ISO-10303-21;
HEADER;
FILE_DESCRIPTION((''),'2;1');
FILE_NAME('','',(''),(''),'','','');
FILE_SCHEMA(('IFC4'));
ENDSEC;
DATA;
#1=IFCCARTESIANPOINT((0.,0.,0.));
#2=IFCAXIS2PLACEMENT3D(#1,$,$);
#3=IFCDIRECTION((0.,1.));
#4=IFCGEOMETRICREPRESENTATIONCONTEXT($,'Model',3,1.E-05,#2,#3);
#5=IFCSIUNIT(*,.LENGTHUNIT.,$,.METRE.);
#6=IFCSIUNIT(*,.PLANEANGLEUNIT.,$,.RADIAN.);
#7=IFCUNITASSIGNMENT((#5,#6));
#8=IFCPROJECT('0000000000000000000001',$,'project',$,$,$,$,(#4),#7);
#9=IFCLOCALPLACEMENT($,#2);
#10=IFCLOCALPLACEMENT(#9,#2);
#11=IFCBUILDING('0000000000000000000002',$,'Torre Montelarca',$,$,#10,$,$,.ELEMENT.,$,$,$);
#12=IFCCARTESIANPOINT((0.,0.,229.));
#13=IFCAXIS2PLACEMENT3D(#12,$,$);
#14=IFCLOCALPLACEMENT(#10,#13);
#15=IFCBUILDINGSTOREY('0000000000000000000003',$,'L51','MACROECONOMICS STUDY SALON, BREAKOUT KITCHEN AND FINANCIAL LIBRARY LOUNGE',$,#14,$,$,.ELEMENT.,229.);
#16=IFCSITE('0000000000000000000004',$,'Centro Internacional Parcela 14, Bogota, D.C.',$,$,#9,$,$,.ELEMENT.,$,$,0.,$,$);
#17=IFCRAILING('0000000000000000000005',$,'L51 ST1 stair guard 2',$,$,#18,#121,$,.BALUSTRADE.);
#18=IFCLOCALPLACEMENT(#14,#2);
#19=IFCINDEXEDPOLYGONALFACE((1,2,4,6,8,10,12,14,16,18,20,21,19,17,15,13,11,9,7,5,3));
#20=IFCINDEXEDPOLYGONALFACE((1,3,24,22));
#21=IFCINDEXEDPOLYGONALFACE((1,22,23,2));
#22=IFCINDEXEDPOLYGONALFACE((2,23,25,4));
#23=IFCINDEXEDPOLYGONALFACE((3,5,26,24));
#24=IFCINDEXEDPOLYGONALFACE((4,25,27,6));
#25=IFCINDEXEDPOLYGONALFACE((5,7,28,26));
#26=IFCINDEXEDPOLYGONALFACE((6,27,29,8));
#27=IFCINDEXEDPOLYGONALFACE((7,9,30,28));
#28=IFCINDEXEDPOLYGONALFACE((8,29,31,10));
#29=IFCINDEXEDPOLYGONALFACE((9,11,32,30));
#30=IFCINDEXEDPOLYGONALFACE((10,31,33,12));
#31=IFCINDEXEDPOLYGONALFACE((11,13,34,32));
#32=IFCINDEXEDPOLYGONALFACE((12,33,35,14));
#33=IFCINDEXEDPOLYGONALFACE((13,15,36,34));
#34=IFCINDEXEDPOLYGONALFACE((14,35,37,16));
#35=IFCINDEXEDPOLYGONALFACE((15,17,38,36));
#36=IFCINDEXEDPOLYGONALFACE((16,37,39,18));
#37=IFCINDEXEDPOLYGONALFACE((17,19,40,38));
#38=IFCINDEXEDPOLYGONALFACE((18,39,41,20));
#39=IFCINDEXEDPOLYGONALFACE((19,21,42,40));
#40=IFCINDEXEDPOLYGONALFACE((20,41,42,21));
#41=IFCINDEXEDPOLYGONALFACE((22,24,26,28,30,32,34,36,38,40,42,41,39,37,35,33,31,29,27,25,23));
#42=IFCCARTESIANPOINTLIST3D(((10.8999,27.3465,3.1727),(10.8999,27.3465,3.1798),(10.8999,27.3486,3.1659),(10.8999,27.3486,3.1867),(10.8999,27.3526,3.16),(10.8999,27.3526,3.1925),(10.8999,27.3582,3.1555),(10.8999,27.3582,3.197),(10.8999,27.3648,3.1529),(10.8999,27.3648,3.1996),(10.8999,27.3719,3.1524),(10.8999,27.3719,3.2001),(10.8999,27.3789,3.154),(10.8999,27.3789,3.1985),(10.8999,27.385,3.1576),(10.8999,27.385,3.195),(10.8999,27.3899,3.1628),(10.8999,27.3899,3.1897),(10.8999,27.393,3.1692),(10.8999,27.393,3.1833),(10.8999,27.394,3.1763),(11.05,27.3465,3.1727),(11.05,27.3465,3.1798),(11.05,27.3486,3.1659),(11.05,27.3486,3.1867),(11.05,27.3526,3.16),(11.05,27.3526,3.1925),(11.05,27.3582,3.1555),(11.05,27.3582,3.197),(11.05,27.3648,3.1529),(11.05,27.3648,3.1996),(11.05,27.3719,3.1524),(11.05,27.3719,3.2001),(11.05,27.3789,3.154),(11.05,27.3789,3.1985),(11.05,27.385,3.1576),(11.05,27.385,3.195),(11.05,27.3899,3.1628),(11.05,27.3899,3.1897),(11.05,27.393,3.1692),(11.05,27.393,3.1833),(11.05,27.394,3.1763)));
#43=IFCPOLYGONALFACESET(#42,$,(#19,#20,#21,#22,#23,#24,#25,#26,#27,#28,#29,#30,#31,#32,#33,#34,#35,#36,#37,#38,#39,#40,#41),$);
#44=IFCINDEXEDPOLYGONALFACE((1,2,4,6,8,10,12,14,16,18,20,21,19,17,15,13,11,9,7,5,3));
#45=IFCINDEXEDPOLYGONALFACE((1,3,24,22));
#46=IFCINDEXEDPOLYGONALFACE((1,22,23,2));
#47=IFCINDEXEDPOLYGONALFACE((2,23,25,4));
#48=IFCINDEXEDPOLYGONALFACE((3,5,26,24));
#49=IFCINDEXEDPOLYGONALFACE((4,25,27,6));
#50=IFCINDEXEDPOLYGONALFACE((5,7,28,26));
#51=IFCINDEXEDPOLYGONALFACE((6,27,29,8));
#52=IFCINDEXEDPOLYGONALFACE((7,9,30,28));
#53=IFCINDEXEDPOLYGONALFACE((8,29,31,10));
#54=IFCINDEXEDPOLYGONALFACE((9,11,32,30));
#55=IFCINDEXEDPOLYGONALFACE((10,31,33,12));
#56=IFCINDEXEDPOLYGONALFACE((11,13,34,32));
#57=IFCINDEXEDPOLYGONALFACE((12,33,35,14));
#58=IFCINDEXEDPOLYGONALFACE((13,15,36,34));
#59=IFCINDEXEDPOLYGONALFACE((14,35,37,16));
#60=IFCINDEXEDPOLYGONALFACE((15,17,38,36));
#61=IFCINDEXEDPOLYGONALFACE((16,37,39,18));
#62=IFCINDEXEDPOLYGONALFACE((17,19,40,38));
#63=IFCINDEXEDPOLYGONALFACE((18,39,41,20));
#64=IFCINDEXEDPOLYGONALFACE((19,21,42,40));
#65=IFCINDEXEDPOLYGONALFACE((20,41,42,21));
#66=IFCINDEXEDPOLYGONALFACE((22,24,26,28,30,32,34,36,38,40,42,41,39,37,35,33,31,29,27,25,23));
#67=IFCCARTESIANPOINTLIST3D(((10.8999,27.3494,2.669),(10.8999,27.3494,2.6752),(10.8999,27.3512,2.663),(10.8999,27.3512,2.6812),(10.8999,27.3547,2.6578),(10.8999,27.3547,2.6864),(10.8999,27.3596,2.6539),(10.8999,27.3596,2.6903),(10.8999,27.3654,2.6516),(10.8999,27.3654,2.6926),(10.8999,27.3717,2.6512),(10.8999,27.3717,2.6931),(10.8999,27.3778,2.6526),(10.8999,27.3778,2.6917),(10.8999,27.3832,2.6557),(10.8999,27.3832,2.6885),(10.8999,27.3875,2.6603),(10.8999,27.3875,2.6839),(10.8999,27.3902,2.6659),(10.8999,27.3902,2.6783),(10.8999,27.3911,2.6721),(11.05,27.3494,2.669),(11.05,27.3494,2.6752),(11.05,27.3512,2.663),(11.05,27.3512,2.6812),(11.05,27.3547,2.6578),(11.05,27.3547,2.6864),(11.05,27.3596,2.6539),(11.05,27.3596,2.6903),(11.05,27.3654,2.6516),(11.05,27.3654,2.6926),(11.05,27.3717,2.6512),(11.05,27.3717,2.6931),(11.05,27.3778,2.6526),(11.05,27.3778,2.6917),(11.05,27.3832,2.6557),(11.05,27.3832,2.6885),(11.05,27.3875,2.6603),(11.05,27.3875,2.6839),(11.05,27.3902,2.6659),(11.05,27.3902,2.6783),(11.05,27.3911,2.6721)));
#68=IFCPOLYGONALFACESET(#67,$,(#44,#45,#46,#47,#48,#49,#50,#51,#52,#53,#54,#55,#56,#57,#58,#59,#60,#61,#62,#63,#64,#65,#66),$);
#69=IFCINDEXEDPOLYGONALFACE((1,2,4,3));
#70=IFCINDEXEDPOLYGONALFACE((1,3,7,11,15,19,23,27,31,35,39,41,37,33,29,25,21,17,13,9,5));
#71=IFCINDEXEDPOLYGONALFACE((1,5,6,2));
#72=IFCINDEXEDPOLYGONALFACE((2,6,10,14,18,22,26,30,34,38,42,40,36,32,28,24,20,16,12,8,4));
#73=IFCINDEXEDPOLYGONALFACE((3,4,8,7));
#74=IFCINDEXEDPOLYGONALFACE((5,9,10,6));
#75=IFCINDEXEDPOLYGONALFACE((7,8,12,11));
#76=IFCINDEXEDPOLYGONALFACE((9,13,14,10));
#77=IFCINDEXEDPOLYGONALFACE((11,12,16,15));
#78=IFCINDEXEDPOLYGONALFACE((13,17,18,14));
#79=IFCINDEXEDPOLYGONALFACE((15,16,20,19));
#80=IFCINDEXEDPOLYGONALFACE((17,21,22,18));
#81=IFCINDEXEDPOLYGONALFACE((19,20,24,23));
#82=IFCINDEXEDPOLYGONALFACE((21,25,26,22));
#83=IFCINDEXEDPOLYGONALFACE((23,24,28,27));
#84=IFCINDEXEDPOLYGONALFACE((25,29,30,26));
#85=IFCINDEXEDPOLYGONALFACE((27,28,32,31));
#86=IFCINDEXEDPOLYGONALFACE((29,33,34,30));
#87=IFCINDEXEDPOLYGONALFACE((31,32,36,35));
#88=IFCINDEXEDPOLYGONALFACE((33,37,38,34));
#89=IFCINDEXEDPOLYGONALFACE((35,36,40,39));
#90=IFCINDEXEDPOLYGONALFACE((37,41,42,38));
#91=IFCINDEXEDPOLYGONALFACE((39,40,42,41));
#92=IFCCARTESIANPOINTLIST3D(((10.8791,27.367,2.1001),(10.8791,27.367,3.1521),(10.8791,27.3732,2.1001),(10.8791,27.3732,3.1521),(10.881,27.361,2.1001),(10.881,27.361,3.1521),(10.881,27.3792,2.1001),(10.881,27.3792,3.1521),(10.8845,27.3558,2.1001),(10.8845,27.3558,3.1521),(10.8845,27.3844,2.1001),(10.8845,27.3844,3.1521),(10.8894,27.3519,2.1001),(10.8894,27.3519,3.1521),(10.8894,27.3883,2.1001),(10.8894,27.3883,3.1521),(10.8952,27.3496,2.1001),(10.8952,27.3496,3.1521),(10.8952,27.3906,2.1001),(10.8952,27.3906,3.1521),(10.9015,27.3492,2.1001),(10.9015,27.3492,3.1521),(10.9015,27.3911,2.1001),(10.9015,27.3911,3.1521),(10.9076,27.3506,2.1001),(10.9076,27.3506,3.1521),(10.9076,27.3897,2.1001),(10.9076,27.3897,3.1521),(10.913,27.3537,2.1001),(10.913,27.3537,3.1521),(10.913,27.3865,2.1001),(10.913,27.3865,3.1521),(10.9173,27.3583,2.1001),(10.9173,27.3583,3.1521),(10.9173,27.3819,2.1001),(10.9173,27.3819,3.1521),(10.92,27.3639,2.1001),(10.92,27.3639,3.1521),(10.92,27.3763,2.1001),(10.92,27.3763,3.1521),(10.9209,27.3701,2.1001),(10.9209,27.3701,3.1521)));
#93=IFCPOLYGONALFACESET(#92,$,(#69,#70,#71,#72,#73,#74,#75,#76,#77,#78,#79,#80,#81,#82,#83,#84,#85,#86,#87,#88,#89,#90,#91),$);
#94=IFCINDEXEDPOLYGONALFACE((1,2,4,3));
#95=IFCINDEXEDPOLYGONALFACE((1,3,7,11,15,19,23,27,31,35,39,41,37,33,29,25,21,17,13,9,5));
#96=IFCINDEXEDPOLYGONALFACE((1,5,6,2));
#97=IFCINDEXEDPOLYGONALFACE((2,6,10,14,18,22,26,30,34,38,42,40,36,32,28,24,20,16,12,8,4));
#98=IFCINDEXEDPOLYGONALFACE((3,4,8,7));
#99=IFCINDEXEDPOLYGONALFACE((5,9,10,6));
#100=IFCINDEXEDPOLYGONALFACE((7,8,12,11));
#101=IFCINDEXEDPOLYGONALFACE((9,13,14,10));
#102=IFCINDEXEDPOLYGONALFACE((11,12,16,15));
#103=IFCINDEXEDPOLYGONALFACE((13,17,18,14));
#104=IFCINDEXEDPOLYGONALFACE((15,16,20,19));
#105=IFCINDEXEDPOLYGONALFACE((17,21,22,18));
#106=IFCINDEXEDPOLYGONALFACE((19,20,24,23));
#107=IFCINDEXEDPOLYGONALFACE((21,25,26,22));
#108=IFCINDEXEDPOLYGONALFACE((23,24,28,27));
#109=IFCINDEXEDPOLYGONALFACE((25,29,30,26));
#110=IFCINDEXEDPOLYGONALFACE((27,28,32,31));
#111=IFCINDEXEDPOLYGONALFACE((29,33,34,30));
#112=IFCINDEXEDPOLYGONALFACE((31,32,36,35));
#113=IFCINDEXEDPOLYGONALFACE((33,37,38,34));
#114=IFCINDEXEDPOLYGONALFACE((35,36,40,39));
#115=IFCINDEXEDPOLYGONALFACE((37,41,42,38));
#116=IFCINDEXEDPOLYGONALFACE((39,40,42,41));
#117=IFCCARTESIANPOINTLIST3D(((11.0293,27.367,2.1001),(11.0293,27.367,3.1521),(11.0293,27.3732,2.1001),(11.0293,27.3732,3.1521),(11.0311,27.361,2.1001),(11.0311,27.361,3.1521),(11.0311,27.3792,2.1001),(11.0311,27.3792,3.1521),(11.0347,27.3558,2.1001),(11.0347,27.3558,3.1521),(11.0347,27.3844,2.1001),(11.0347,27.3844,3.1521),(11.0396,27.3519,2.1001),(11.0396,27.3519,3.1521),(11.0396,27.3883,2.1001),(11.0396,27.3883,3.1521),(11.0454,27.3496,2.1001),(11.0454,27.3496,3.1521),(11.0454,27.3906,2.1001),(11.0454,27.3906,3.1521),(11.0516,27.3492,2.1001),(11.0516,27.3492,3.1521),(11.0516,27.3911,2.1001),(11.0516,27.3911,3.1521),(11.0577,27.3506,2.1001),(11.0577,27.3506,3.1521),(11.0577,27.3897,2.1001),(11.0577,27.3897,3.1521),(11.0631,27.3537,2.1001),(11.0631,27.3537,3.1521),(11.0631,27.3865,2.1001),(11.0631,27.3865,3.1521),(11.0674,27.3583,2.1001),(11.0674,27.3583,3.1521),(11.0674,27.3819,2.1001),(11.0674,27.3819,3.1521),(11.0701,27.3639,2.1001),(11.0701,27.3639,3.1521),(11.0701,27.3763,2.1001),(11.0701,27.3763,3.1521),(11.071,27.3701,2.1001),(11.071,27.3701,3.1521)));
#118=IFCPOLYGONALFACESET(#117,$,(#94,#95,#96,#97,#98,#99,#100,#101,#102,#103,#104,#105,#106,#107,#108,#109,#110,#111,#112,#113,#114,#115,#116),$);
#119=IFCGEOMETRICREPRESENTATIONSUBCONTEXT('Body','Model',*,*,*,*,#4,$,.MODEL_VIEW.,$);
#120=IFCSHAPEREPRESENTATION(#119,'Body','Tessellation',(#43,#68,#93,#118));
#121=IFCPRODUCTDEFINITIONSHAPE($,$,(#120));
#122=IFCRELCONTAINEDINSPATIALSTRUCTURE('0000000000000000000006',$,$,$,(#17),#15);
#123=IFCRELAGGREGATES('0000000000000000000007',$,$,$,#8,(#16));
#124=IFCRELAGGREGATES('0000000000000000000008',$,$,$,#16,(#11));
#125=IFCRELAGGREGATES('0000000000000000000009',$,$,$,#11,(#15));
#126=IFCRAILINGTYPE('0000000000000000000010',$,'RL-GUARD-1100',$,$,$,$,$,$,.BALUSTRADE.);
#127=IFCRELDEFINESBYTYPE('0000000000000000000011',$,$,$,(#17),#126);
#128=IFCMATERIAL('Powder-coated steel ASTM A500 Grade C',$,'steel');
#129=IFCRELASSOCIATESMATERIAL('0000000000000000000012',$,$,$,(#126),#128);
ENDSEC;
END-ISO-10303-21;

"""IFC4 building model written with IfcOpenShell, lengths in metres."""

from ifc_helpers import new_model, si_unit, direction, frame, origin, origin_2d, place, context, subcontext, project, spatial, circle, extrude, material, type_object, element, save


model = new_model("IFC4")

# Units and contexts
model_context = context("Model", 3, precision=1e-05, world=origin(), true_north=direction((0.0, 1.0)))
body_context = subcontext(model_context, "Body", "Model", "MODEL_VIEW")
ifc_project = project(units=[si_unit("LENGTHUNIT", "METRE"), si_unit("PLANEANGLEUNIT", "RADIAN")], contexts=[model_context])

# Site, building, storey
site_placement = place(None, origin())
site = spatial("IfcSite", under=ifc_project, at=site_placement, Name="Centro Internacional Parcela 14, Bogota, D.C.", CompositionType="ELEMENT", RefElevation=0.0)
building_placement = place(site_placement, origin())
building = spatial("IfcBuilding", under=site, at=building_placement, Name="Torre Montelarca", CompositionType="ELEMENT")
storey_placement = place(building_placement, frame((0.0, 0.0, 229.0)))
storey = spatial("IfcBuildingStorey", under=building, at=storey_placement, Name="L51", Description="MACROECONOMICS STUDY SALON, BREAKOUT KITCHEN AND FINANCIAL LIBRARY LOUNGE", CompositionType="ELEMENT", Elevation=229.0)

# Railing
ifc_material_1 = material(Name="Powder-coated steel ASTM A500 Grade C", Category="steel")
railing_type_1 = type_object("IfcRailingType", Name="RL-GUARD-1100", PredefinedType="BALUSTRADE", material=ifc_material_1)
railing_1_placement = place(storey_placement, frame((10.8999, 27.3701, 2.1001)))
element("IfcRailing", 1, at=railing_1_placement, inside=storey, type_object=railing_type_1, Name="L51 ST1 stair guard 2", PredefinedType="BALUSTRADE", context=body_context, shape_type="SweptSolid", body=[
    extrude(circle(Radius=0.0239, at=origin_2d()), frame((0.0, 0.0, 1.0762), z_axis=(1.0, 0.0, 0.0), x_axis=(0.0, 1.0, 0.0)), (0.0, 0.0, 1.0), 0.1501),
    extrude(circle(Radius=0.021, at=origin_2d()), frame((0.0, 0.0, 0.572), z_axis=(1.0, 0.0, 0.0), x_axis=(0.0, 1.0, 0.0)), (0.0, 0.0, 1.0), 0.1501),
    extrude(circle(Radius=0.021, at=origin_2d()), origin(), (0.0, 0.0, 1.0), 1.052),
    extrude(circle(Radius=0.021, at=origin_2d()), frame((0.1501, 0.0, 0.0)), (0.0, 0.0, 1.0), 1.052),
])

save(model, "model.ifc")
